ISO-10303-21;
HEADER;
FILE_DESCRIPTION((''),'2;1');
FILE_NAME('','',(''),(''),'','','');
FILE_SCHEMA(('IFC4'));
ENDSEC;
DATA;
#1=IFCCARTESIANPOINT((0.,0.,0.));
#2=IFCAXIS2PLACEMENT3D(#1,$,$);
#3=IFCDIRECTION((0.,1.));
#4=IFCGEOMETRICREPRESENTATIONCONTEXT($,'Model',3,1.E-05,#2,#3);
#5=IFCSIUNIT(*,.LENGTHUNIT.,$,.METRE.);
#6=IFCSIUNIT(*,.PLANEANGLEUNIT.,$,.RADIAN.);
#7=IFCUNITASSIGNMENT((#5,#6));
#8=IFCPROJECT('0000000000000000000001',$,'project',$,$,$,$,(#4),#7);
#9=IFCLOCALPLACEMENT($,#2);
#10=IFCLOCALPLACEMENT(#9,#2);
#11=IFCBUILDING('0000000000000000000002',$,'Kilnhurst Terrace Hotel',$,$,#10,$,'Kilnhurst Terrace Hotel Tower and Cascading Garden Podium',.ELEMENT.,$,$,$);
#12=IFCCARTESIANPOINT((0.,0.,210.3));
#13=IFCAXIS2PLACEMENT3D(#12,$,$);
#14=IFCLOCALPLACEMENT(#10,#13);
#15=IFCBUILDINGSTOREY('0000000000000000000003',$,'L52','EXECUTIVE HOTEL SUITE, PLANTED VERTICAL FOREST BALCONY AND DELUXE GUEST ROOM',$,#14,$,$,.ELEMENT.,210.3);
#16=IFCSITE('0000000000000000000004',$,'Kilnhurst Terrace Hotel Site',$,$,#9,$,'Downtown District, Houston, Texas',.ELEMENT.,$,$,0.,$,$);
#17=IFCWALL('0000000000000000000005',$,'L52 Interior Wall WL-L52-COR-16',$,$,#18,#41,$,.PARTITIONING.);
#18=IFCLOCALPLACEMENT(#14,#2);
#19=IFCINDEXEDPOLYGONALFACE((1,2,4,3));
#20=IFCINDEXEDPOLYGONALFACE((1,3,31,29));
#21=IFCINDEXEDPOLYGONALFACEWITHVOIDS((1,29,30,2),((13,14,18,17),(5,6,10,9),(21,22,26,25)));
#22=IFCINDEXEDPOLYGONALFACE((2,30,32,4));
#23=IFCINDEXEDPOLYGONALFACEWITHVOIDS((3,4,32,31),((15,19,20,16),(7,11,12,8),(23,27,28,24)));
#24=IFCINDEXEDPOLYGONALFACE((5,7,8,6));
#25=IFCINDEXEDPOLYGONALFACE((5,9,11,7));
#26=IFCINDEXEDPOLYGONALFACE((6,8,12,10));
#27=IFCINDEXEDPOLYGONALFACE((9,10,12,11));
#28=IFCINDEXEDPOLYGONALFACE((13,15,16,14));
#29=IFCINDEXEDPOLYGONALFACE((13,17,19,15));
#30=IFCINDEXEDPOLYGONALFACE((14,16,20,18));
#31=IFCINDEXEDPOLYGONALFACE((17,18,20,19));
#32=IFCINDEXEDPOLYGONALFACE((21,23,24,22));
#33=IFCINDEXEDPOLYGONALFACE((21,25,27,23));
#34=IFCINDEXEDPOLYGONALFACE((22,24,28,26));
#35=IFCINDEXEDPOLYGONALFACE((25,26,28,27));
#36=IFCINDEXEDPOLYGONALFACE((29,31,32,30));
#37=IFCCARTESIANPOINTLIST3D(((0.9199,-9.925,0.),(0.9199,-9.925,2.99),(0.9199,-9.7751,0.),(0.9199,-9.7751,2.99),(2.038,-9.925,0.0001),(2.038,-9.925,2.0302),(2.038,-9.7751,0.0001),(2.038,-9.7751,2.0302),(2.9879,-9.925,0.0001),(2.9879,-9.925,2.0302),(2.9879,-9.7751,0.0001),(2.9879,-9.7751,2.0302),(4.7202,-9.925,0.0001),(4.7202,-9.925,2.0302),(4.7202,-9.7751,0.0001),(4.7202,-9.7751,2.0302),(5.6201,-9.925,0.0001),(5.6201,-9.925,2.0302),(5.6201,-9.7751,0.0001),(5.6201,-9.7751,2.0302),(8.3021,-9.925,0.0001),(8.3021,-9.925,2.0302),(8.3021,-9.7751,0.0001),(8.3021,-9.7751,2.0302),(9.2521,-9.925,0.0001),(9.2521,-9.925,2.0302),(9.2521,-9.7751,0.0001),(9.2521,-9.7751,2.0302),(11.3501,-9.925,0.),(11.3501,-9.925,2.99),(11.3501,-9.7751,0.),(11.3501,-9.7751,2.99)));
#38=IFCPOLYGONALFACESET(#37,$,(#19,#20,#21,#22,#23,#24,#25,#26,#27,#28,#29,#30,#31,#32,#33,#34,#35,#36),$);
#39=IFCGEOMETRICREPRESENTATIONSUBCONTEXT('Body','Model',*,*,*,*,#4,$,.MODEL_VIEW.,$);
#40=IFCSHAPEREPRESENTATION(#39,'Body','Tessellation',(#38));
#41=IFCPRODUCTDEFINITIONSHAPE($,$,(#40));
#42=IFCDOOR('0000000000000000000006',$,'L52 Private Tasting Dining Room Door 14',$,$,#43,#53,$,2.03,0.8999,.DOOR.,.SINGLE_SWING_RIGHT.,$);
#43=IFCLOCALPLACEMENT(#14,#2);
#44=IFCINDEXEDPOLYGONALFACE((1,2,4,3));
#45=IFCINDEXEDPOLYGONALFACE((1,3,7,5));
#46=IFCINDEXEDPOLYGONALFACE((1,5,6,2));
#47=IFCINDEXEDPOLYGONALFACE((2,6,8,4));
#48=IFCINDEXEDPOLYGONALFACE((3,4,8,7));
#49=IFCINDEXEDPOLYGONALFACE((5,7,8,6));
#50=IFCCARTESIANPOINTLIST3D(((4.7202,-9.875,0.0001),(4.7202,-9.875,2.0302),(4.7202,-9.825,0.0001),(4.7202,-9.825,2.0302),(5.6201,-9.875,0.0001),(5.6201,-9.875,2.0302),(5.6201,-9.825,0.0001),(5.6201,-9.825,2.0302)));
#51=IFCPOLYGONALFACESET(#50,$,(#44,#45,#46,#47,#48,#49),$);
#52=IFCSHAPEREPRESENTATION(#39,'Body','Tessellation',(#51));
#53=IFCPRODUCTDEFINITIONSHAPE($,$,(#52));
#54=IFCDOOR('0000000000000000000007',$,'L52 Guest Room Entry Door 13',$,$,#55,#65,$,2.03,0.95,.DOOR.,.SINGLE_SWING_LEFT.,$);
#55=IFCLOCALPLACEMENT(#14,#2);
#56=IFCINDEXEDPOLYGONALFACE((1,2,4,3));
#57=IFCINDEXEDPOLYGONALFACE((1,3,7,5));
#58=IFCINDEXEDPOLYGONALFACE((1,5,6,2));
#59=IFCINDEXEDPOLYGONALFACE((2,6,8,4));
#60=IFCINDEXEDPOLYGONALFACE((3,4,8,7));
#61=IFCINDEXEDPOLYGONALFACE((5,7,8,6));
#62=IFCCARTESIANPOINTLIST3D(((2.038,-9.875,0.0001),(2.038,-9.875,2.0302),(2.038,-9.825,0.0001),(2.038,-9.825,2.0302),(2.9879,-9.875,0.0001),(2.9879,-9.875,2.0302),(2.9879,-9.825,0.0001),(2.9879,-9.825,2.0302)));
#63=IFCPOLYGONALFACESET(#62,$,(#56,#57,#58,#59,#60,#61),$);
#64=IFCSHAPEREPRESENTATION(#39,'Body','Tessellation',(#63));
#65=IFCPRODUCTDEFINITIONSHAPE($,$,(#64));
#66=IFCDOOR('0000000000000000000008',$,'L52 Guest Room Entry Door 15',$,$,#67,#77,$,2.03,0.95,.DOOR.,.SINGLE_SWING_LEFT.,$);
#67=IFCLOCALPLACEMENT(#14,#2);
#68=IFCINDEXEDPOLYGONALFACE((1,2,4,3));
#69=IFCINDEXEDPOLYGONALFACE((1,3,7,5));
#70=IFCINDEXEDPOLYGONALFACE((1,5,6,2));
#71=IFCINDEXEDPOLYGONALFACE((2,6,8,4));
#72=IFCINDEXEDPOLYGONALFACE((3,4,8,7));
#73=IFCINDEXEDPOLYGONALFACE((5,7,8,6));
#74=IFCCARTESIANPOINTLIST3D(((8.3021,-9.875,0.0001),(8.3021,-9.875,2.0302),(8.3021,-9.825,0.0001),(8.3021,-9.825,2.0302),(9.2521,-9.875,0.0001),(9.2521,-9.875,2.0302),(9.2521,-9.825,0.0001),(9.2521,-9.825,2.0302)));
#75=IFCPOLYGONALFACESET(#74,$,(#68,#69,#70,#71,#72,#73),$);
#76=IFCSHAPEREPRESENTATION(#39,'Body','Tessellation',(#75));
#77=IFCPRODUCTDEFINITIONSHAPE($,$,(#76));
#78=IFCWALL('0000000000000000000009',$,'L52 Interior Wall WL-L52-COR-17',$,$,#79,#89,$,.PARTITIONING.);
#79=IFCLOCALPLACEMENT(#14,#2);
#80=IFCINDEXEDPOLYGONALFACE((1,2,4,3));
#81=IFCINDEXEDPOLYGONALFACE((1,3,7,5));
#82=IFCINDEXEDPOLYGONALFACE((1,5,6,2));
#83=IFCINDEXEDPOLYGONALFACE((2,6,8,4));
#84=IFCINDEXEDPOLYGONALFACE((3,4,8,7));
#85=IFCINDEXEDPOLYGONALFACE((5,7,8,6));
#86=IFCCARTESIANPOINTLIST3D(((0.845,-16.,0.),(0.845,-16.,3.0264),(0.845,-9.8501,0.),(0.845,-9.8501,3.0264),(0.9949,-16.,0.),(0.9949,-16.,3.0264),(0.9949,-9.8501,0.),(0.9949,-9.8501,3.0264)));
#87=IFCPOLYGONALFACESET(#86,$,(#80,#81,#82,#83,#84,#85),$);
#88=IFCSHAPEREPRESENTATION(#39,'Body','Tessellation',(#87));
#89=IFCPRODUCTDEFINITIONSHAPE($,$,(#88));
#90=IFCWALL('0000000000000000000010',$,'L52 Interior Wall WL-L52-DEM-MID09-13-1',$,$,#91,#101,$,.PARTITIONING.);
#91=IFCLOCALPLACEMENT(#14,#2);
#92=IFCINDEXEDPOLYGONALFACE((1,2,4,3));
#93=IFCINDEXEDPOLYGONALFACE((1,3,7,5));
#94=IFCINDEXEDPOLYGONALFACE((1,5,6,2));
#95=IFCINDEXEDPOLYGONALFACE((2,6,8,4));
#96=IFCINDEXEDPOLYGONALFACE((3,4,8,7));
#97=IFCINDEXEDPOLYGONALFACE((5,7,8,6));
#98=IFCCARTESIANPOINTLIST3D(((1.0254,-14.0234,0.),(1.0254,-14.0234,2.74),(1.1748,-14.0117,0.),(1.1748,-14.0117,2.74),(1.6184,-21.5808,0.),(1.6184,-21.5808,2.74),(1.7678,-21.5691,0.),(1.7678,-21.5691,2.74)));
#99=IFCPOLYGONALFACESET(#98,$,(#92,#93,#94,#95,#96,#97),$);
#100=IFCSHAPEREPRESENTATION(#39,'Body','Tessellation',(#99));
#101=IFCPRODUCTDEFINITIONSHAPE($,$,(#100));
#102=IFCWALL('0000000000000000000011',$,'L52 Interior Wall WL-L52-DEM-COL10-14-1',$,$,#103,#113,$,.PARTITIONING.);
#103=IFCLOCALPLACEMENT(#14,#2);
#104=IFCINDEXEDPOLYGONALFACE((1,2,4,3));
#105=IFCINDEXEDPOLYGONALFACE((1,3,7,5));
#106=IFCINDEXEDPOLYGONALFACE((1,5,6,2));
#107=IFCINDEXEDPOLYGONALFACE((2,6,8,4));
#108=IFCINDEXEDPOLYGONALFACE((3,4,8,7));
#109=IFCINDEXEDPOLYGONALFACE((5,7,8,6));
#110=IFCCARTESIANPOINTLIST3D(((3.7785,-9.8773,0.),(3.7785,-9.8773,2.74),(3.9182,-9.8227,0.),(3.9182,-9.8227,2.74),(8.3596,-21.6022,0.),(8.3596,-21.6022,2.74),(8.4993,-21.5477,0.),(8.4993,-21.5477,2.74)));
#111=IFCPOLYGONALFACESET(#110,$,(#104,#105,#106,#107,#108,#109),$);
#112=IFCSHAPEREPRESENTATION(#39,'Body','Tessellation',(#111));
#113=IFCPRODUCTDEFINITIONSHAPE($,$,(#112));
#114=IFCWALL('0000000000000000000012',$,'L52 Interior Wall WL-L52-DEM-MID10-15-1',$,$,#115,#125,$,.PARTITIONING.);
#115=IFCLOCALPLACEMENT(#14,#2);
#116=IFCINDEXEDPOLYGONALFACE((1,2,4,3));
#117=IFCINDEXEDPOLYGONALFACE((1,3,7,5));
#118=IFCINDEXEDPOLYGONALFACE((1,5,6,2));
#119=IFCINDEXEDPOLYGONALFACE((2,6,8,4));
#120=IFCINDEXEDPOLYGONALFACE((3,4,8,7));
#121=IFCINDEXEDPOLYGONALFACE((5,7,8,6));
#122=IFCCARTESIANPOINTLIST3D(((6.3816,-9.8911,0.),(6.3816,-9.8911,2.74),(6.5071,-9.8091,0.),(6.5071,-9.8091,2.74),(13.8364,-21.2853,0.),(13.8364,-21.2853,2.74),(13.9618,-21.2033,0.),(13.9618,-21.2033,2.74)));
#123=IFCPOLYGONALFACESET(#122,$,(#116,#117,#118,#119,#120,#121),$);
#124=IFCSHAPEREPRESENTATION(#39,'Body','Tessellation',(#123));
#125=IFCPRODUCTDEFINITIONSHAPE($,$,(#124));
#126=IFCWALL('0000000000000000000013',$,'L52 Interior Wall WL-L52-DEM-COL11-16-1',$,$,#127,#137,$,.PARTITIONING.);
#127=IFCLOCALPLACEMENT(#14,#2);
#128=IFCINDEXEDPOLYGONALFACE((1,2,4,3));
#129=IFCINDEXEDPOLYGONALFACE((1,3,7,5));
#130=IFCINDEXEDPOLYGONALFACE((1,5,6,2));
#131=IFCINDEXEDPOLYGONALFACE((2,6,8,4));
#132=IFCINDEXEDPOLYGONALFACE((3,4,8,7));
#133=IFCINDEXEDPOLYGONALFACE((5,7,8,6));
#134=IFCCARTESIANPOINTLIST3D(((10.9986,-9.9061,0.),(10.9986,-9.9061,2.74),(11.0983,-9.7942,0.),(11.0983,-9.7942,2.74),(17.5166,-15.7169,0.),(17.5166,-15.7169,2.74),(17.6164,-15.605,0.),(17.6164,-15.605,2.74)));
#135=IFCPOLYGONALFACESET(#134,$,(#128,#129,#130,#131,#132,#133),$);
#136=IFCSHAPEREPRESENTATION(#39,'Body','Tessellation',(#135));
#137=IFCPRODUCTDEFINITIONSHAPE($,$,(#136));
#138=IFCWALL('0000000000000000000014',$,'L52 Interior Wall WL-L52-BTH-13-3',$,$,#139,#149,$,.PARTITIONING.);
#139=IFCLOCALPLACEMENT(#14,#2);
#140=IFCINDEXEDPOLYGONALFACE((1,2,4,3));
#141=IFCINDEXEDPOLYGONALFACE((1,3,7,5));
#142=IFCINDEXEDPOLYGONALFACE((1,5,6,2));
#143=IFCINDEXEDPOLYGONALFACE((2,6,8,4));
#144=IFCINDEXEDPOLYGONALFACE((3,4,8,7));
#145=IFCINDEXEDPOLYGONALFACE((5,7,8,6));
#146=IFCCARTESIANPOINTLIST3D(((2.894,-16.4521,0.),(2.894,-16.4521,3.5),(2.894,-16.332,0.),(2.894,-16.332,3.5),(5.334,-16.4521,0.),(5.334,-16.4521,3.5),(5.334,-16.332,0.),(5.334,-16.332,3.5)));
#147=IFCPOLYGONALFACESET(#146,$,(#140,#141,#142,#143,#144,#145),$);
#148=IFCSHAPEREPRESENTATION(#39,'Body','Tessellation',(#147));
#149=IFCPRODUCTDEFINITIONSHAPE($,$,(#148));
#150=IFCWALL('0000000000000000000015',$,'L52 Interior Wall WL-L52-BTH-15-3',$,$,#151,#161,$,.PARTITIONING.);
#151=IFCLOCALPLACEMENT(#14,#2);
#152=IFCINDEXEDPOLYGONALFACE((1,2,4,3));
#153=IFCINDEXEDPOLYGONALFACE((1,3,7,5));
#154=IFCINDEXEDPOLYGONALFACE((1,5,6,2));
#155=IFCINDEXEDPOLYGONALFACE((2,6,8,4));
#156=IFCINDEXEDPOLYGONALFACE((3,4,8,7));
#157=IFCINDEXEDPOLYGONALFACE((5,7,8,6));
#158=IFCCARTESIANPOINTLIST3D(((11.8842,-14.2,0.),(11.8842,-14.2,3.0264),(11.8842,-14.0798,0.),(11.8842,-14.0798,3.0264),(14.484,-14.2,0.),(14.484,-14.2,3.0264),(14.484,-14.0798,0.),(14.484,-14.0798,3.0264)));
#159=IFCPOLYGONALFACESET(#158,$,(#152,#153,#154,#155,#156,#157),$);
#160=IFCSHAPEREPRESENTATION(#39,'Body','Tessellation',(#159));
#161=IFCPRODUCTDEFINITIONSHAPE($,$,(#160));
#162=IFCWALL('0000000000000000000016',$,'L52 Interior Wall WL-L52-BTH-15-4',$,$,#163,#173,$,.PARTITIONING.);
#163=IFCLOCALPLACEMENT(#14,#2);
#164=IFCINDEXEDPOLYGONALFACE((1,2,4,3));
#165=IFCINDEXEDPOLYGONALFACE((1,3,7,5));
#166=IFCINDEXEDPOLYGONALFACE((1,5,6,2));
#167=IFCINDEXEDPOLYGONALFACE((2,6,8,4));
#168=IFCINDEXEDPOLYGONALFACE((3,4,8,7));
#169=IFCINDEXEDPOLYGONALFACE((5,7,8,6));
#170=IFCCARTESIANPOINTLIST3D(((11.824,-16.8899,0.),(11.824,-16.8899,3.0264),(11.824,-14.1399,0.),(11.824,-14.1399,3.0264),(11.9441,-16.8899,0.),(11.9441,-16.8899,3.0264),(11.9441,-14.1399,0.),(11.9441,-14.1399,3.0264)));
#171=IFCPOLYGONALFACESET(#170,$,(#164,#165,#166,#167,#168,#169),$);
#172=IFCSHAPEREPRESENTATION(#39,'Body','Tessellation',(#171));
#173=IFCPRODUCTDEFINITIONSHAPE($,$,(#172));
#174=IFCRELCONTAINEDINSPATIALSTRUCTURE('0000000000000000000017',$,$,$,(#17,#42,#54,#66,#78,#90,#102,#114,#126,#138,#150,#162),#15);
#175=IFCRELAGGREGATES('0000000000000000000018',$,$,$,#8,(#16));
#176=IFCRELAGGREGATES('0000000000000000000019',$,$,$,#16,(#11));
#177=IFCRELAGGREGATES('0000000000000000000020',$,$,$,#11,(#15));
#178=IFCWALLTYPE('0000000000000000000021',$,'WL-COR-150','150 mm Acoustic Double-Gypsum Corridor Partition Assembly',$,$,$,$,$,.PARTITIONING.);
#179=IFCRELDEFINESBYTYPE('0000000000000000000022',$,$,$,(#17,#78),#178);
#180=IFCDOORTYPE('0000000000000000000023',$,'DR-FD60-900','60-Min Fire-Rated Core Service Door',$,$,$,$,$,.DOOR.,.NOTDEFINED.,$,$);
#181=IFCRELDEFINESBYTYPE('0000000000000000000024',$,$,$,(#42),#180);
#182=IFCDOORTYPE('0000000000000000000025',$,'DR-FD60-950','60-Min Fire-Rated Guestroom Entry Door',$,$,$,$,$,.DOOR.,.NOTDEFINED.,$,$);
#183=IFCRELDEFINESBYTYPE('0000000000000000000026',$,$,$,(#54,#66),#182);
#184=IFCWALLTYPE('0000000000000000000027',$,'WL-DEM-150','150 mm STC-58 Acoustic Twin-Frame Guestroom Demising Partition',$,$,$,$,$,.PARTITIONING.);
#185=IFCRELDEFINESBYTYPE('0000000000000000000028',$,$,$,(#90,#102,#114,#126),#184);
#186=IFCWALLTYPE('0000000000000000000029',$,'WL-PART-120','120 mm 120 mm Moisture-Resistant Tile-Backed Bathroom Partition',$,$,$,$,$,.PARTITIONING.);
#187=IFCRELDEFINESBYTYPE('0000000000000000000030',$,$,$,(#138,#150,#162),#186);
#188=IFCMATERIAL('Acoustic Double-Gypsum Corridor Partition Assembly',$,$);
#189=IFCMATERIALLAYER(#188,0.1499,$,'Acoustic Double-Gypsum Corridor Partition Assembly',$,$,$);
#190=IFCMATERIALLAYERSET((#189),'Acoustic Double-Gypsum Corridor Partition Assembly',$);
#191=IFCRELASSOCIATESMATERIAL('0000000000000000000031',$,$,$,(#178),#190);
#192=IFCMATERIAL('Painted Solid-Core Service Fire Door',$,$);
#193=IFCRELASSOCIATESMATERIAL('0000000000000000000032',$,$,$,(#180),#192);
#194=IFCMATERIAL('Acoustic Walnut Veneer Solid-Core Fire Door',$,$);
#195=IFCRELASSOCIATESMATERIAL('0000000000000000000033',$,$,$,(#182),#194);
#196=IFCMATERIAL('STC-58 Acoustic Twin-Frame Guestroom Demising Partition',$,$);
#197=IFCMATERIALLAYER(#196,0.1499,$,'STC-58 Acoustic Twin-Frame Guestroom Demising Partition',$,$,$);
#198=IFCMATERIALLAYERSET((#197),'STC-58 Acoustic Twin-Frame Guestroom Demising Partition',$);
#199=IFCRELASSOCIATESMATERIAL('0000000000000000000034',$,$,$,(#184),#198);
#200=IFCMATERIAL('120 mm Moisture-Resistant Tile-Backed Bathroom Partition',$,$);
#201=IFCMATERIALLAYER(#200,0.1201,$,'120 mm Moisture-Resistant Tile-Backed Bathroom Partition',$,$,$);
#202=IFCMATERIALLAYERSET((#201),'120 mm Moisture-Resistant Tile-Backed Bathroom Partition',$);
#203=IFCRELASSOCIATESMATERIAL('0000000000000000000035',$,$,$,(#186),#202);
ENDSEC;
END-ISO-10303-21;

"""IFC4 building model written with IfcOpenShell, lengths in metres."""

from ifc_helpers import new_model, si_unit, direction, frame, frame_2d, origin, place, context, subcontext, project, spatial, rectangle, extrude, material, layer, layer_set, type_object, element, fill, save


model = new_model("IFC4")

# Units and contexts
model_context = context("Model", 3, precision=1e-05, world=origin(), true_north=direction((0.0, 1.0)))
body_context = subcontext(model_context, "Body", "Model", "MODEL_VIEW")
ifc_project = project(units=[si_unit("LENGTHUNIT", "METRE"), si_unit("PLANEANGLEUNIT", "RADIAN")], contexts=[model_context])

# Site, building, storey
site_placement = place(None, origin())
site = spatial("IfcSite", under=ifc_project, at=site_placement, Name="Kilnhurst Terrace Hotel Site", LongName="Downtown District, Houston, Texas", CompositionType="ELEMENT", RefElevation=0.0)
building_placement = place(site_placement, origin())
building = spatial("IfcBuilding", under=site, at=building_placement, Name="Kilnhurst Terrace Hotel", LongName="Kilnhurst Terrace Hotel Tower and Cascading Garden Podium", CompositionType="ELEMENT")
storey_placement = place(building_placement, frame((0.0, 0.0, 210.3)))
storey = spatial("IfcBuildingStorey", under=building, at=storey_placement, Name="L52", Description="EXECUTIVE HOTEL SUITE, PLANTED VERTICAL FOREST BALCONY AND DELUXE GUEST ROOM", CompositionType="ELEMENT", Elevation=210.3)

# Wall, openings, doors
ifc_material_1 = material(Name="Acoustic Double-Gypsum Corridor Partition Assembly")
ifc_layer_1 = layer(ifc_material_1, 0.1499, Name="Acoustic Double-Gypsum Corridor Partition Assembly")
ifc_layer_set_1 = layer_set([ifc_layer_1], Name="Acoustic Double-Gypsum Corridor Partition Assembly")
wall_type_1 = type_object("IfcWallType", Name="WL-COR-150", Description="150 mm Acoustic Double-Gypsum Corridor Partition Assembly", PredefinedType="PARTITIONING", material=ifc_layer_set_1)
wall_1_placement = place(storey_placement, frame((11.3501, -9.8501, 0.0), z_axis=(0.0, 0.0, 1.0), x_axis=(-1.0, 0.0, 0.0)))
wall_1 = element("IfcWall", 1, at=wall_1_placement, inside=storey, type_object=wall_type_1, Name="L52 Interior Wall WL-L52-COR-16", PredefinedType="PARTITIONING", context=body_context, shape_type="SweptSolid", body=[
    extrude(rectangle(XDim=10.4302, YDim=0.1499, at=frame_2d((5.2151, 0.0))), origin(), (0.0, 0.0, 1.0), 2.99),
])
opening_1_placement = place(wall_1_placement, frame((8.3621, 0.0, 0.0)))
opening_1 = element("IfcOpeningElement", 2, at=opening_1_placement, cuts=wall_1, PredefinedType="OPENING", context=body_context, shape_type="SweptSolid", body=[
    extrude(rectangle(XDim=0.95, YDim=2.03, at=frame_2d((0.4751, 1.0151))), frame((0.0, 0.085, 0.0), z_axis=(0.0, -1.0, 0.0), x_axis=(1.0, 0.0, 0.0)), (0.0, 0.0, 1.0), 0.1699),
])
opening_2_placement = place(wall_1_placement, frame((5.73, 0.0, 0.0)))
opening_2 = element("IfcOpeningElement", 3, at=opening_2_placement, cuts=wall_1, PredefinedType="OPENING", context=body_context, shape_type="SweptSolid", body=[
    extrude(rectangle(XDim=0.8999, YDim=2.03, at=frame_2d((0.45, 1.0151))), frame((0.0, 0.085, 0.0), z_axis=(0.0, -1.0, 0.0), x_axis=(1.0, 0.0, 0.0)), (0.0, 0.0, 1.0), 0.1699),
])
opening_3_placement = place(wall_1_placement, frame((2.0979, 0.0, 0.0)))
opening_3 = element("IfcOpeningElement", 4, at=opening_3_placement, cuts=wall_1, PredefinedType="OPENING", context=body_context, shape_type="SweptSolid", body=[
    extrude(rectangle(XDim=0.95, YDim=2.03, at=frame_2d((0.4751, 1.0151))), frame((0.0, 0.085, 0.0), z_axis=(0.0, -1.0, 0.0), x_axis=(1.0, 0.0, 0.0)), (0.0, 0.0, 1.0), 0.1699),
])
ifc_material_2 = material(Name="Painted Solid-Core Service Fire Door")
door_type_1 = type_object("IfcDoorType", Name="DR-FD60-900", Description="60-Min Fire-Rated Core Service Door", OperationType="NOTDEFINED", PredefinedType="DOOR", material=ifc_material_2)
door_1_placement = place(opening_2_placement, origin())
door_1 = element("IfcDoor", 5, at=door_1_placement, inside=storey, type_object=door_type_1, Name="L52 Private Tasting Dining Room Door 14", OperationType="SINGLE_SWING_RIGHT", OverallHeight=2.03, OverallWidth=0.8999, PredefinedType="DOOR", context=body_context, shape_type="SweptSolid", body=[
    extrude(rectangle(XDim=0.8999, YDim=2.03, at=frame_2d((0.45, 1.0151))), frame((0.0, 0.0249, 0.0), z_axis=(0.0, -1.0, 0.0), x_axis=(1.0, 0.0, 0.0)), (0.0, 0.0, 1.0), 0.05),
])
fill(opening_2, door_1)
ifc_material_3 = material(Name="Acoustic Walnut Veneer Solid-Core Fire Door")
door_type_2 = type_object("IfcDoorType", Name="DR-FD60-950", Description="60-Min Fire-Rated Guestroom Entry Door", OperationType="NOTDEFINED", PredefinedType="DOOR", material=ifc_material_3)
door_2_placement = place(opening_1_placement, origin())
door_2 = element("IfcDoor", 6, at=door_2_placement, inside=storey, type_object=door_type_2, Name="L52 Guest Room Entry Door 13", OperationType="SINGLE_SWING_LEFT", OverallHeight=2.03, OverallWidth=0.95, PredefinedType="DOOR", context=body_context, shape_type="SweptSolid", body=[
    extrude(rectangle(XDim=0.95, YDim=2.03, at=frame_2d((0.4751, 1.0151))), frame((0.0, 0.0249, 0.0), z_axis=(0.0, -1.0, 0.0), x_axis=(1.0, 0.0, 0.0)), (0.0, 0.0, 1.0), 0.05),
])
fill(opening_1, door_2)
door_3_placement = place(opening_3_placement, origin())
door_3 = element("IfcDoor", 7, at=door_3_placement, inside=storey, type_object=door_type_2, Name="L52 Guest Room Entry Door 15", OperationType="SINGLE_SWING_LEFT", OverallHeight=2.03, OverallWidth=0.95, PredefinedType="DOOR", context=body_context, shape_type="SweptSolid", body=[
    extrude(rectangle(XDim=0.95, YDim=2.03, at=frame_2d((0.4751, 1.0151))), frame((0.0, 0.0249, 0.0), z_axis=(0.0, -1.0, 0.0), x_axis=(1.0, 0.0, 0.0)), (0.0, 0.0, 1.0), 0.05),
])
fill(opening_3, door_3)

# Walls
wall_2_placement = place(storey_placement, frame((0.9199, -9.8501, 0.0), z_axis=(0.0, 0.0, 1.0), x_axis=(0.0, -1.0, 0.0)))
element("IfcWall", 8, at=wall_2_placement, inside=storey, type_object=wall_type_1, Name="L52 Interior Wall WL-L52-COR-17", PredefinedType="PARTITIONING", context=body_context, shape_type="SweptSolid", body=[
    extrude(rectangle(XDim=6.1499, YDim=0.1499, at=frame_2d((3.075, 0.0))), origin(), (0.0, 0.0, 1.0), 3.0264),
])
ifc_material_4 = material(Name="STC-58 Acoustic Twin-Frame Guestroom Demising Partition")
ifc_layer_2 = layer(ifc_material_4, 0.1499, Name="STC-58 Acoustic Twin-Frame Guestroom Demising Partition")
ifc_layer_set_2 = layer_set([ifc_layer_2], Name="STC-58 Acoustic Twin-Frame Guestroom Demising Partition")
wall_type_2 = type_object("IfcWallType", Name="WL-DEM-150", Description="150 mm STC-58 Acoustic Twin-Frame Guestroom Demising Partition", PredefinedType="PARTITIONING", material=ifc_layer_set_2)
wall_3_placement = place(storey_placement, frame((1.1001, -14.0176, 0.0), z_axis=(0.0, 0.0, 1.0), x_axis=(0.078228, -0.996935, 0.0)))
element("IfcWall", 9, at=wall_3_placement, inside=storey, type_object=wall_type_2, Name="L52 Interior Wall WL-L52-DEM-MID09-13-1", PredefinedType="PARTITIONING", context=body_context, shape_type="SweptSolid", body=[
    extrude(rectangle(XDim=7.5806, YDim=0.1499, at=frame_2d((3.7903, 0.0))), origin(), (0.0, 0.0, 1.0), 2.74),
])
wall_4_placement = place(storey_placement, frame((3.8484, -9.8501, 0.0), z_axis=(0.0, 0.0, 1.0), x_axis=(0.363922, -0.93143, 0.0)))
element("IfcWall", 10, at=wall_4_placement, inside=storey, type_object=wall_type_2, Name="L52 Interior Wall WL-L52-DEM-COL10-14-1", PredefinedType="PARTITIONING", context=body_context, shape_type="SweptSolid", body=[
    extrude(rectangle(XDim=12.5881, YDim=0.1499, at=frame_2d((6.2939, 0.0))), origin(), (0.0, 0.0, 1.0), 2.74),
])
wall_5_placement = place(storey_placement, frame((6.4443, -9.8501, 0.0), z_axis=(0.0, 0.0, 1.0), x_axis=(0.547492, -0.836811, 0.0)))
element("IfcWall", 11, at=wall_5_placement, inside=storey, type_object=wall_type_2, Name="L52 Interior Wall WL-L52-DEM-MID10-15-1", PredefinedType="PARTITIONING", context=body_context, shape_type="SweptSolid", body=[
    extrude(rectangle(XDim=13.6162, YDim=0.1499, at=frame_2d((6.8081, 0.0))), origin(), (0.0, 0.0, 1.0), 2.74),
])
wall_6_placement = place(storey_placement, frame((11.0483, -9.8501, 0.0), z_axis=(0.0, 0.0, 1.0), x_axis=(0.746444, -0.665448, 0.0)))
element("IfcWall", 12, at=wall_6_placement, inside=storey, type_object=wall_type_2, Name="L52 Interior Wall WL-L52-DEM-COL11-16-1", PredefinedType="PARTITIONING", context=body_context, shape_type="SweptSolid", body=[
    extrude(rectangle(XDim=8.7322, YDim=0.1499, at=frame_2d((4.3662, 0.0))), origin(), (0.0, 0.0, 1.0), 2.74),
])
ifc_material_5 = material(Name="120 mm Moisture-Resistant Tile-Backed Bathroom Partition")
ifc_layer_3 = layer(ifc_material_5, 0.1201, Name="120 mm Moisture-Resistant Tile-Backed Bathroom Partition")
ifc_layer_set_3 = layer_set([ifc_layer_3], Name="120 mm Moisture-Resistant Tile-Backed Bathroom Partition")
wall_type_3 = type_object("IfcWallType", Name="WL-PART-120", Description="120 mm 120 mm Moisture-Resistant Tile-Backed Bathroom Partition", PredefinedType="PARTITIONING", material=ifc_layer_set_3)
wall_7_placement = place(storey_placement, frame((5.334, -16.3921, 0.0), z_axis=(0.0, 0.0, 1.0), x_axis=(-1.0, 0.0, 0.0)))
element("IfcWall", 13, at=wall_7_placement, inside=storey, type_object=wall_type_3, Name="L52 Interior Wall WL-L52-BTH-13-3", PredefinedType="PARTITIONING", context=body_context, shape_type="SweptSolid", body=[
    extrude(rectangle(XDim=2.4399, YDim=0.1201, at=frame_2d((1.22, 0.0))), origin(), (0.0, 0.0, 1.0), 3.5),
])
wall_8_placement = place(storey_placement, frame((14.4839, -14.1399, 0.0), z_axis=(0.0, 0.0, 1.0), x_axis=(-1.0, 0.0, 0.0)))
element("IfcWall", 14, at=wall_8_placement, inside=storey, type_object=wall_type_3, Name="L52 Interior Wall WL-L52-BTH-15-3", PredefinedType="PARTITIONING", context=body_context, shape_type="SweptSolid", body=[
    extrude(rectangle(XDim=2.5999, YDim=0.1201, at=frame_2d((1.2998, 0.0))), origin(), (0.0, 0.0, 1.0), 3.0264),
])
wall_9_placement = place(storey_placement, frame((11.884, -14.1399, 0.0), z_axis=(0.0, 0.0, 1.0), x_axis=(0.0, -1.0, 0.0)))
element("IfcWall", 15, at=wall_9_placement, inside=storey, type_object=wall_type_3, Name="L52 Interior Wall WL-L52-BTH-15-4", PredefinedType="PARTITIONING", context=body_context, shape_type="SweptSolid", body=[
    extrude(rectangle(XDim=2.75, YDim=0.1201, at=frame_2d((1.375, 0.0))), origin(), (0.0, 0.0, 1.0), 3.0264),
])

save(model, "model.ifc")
